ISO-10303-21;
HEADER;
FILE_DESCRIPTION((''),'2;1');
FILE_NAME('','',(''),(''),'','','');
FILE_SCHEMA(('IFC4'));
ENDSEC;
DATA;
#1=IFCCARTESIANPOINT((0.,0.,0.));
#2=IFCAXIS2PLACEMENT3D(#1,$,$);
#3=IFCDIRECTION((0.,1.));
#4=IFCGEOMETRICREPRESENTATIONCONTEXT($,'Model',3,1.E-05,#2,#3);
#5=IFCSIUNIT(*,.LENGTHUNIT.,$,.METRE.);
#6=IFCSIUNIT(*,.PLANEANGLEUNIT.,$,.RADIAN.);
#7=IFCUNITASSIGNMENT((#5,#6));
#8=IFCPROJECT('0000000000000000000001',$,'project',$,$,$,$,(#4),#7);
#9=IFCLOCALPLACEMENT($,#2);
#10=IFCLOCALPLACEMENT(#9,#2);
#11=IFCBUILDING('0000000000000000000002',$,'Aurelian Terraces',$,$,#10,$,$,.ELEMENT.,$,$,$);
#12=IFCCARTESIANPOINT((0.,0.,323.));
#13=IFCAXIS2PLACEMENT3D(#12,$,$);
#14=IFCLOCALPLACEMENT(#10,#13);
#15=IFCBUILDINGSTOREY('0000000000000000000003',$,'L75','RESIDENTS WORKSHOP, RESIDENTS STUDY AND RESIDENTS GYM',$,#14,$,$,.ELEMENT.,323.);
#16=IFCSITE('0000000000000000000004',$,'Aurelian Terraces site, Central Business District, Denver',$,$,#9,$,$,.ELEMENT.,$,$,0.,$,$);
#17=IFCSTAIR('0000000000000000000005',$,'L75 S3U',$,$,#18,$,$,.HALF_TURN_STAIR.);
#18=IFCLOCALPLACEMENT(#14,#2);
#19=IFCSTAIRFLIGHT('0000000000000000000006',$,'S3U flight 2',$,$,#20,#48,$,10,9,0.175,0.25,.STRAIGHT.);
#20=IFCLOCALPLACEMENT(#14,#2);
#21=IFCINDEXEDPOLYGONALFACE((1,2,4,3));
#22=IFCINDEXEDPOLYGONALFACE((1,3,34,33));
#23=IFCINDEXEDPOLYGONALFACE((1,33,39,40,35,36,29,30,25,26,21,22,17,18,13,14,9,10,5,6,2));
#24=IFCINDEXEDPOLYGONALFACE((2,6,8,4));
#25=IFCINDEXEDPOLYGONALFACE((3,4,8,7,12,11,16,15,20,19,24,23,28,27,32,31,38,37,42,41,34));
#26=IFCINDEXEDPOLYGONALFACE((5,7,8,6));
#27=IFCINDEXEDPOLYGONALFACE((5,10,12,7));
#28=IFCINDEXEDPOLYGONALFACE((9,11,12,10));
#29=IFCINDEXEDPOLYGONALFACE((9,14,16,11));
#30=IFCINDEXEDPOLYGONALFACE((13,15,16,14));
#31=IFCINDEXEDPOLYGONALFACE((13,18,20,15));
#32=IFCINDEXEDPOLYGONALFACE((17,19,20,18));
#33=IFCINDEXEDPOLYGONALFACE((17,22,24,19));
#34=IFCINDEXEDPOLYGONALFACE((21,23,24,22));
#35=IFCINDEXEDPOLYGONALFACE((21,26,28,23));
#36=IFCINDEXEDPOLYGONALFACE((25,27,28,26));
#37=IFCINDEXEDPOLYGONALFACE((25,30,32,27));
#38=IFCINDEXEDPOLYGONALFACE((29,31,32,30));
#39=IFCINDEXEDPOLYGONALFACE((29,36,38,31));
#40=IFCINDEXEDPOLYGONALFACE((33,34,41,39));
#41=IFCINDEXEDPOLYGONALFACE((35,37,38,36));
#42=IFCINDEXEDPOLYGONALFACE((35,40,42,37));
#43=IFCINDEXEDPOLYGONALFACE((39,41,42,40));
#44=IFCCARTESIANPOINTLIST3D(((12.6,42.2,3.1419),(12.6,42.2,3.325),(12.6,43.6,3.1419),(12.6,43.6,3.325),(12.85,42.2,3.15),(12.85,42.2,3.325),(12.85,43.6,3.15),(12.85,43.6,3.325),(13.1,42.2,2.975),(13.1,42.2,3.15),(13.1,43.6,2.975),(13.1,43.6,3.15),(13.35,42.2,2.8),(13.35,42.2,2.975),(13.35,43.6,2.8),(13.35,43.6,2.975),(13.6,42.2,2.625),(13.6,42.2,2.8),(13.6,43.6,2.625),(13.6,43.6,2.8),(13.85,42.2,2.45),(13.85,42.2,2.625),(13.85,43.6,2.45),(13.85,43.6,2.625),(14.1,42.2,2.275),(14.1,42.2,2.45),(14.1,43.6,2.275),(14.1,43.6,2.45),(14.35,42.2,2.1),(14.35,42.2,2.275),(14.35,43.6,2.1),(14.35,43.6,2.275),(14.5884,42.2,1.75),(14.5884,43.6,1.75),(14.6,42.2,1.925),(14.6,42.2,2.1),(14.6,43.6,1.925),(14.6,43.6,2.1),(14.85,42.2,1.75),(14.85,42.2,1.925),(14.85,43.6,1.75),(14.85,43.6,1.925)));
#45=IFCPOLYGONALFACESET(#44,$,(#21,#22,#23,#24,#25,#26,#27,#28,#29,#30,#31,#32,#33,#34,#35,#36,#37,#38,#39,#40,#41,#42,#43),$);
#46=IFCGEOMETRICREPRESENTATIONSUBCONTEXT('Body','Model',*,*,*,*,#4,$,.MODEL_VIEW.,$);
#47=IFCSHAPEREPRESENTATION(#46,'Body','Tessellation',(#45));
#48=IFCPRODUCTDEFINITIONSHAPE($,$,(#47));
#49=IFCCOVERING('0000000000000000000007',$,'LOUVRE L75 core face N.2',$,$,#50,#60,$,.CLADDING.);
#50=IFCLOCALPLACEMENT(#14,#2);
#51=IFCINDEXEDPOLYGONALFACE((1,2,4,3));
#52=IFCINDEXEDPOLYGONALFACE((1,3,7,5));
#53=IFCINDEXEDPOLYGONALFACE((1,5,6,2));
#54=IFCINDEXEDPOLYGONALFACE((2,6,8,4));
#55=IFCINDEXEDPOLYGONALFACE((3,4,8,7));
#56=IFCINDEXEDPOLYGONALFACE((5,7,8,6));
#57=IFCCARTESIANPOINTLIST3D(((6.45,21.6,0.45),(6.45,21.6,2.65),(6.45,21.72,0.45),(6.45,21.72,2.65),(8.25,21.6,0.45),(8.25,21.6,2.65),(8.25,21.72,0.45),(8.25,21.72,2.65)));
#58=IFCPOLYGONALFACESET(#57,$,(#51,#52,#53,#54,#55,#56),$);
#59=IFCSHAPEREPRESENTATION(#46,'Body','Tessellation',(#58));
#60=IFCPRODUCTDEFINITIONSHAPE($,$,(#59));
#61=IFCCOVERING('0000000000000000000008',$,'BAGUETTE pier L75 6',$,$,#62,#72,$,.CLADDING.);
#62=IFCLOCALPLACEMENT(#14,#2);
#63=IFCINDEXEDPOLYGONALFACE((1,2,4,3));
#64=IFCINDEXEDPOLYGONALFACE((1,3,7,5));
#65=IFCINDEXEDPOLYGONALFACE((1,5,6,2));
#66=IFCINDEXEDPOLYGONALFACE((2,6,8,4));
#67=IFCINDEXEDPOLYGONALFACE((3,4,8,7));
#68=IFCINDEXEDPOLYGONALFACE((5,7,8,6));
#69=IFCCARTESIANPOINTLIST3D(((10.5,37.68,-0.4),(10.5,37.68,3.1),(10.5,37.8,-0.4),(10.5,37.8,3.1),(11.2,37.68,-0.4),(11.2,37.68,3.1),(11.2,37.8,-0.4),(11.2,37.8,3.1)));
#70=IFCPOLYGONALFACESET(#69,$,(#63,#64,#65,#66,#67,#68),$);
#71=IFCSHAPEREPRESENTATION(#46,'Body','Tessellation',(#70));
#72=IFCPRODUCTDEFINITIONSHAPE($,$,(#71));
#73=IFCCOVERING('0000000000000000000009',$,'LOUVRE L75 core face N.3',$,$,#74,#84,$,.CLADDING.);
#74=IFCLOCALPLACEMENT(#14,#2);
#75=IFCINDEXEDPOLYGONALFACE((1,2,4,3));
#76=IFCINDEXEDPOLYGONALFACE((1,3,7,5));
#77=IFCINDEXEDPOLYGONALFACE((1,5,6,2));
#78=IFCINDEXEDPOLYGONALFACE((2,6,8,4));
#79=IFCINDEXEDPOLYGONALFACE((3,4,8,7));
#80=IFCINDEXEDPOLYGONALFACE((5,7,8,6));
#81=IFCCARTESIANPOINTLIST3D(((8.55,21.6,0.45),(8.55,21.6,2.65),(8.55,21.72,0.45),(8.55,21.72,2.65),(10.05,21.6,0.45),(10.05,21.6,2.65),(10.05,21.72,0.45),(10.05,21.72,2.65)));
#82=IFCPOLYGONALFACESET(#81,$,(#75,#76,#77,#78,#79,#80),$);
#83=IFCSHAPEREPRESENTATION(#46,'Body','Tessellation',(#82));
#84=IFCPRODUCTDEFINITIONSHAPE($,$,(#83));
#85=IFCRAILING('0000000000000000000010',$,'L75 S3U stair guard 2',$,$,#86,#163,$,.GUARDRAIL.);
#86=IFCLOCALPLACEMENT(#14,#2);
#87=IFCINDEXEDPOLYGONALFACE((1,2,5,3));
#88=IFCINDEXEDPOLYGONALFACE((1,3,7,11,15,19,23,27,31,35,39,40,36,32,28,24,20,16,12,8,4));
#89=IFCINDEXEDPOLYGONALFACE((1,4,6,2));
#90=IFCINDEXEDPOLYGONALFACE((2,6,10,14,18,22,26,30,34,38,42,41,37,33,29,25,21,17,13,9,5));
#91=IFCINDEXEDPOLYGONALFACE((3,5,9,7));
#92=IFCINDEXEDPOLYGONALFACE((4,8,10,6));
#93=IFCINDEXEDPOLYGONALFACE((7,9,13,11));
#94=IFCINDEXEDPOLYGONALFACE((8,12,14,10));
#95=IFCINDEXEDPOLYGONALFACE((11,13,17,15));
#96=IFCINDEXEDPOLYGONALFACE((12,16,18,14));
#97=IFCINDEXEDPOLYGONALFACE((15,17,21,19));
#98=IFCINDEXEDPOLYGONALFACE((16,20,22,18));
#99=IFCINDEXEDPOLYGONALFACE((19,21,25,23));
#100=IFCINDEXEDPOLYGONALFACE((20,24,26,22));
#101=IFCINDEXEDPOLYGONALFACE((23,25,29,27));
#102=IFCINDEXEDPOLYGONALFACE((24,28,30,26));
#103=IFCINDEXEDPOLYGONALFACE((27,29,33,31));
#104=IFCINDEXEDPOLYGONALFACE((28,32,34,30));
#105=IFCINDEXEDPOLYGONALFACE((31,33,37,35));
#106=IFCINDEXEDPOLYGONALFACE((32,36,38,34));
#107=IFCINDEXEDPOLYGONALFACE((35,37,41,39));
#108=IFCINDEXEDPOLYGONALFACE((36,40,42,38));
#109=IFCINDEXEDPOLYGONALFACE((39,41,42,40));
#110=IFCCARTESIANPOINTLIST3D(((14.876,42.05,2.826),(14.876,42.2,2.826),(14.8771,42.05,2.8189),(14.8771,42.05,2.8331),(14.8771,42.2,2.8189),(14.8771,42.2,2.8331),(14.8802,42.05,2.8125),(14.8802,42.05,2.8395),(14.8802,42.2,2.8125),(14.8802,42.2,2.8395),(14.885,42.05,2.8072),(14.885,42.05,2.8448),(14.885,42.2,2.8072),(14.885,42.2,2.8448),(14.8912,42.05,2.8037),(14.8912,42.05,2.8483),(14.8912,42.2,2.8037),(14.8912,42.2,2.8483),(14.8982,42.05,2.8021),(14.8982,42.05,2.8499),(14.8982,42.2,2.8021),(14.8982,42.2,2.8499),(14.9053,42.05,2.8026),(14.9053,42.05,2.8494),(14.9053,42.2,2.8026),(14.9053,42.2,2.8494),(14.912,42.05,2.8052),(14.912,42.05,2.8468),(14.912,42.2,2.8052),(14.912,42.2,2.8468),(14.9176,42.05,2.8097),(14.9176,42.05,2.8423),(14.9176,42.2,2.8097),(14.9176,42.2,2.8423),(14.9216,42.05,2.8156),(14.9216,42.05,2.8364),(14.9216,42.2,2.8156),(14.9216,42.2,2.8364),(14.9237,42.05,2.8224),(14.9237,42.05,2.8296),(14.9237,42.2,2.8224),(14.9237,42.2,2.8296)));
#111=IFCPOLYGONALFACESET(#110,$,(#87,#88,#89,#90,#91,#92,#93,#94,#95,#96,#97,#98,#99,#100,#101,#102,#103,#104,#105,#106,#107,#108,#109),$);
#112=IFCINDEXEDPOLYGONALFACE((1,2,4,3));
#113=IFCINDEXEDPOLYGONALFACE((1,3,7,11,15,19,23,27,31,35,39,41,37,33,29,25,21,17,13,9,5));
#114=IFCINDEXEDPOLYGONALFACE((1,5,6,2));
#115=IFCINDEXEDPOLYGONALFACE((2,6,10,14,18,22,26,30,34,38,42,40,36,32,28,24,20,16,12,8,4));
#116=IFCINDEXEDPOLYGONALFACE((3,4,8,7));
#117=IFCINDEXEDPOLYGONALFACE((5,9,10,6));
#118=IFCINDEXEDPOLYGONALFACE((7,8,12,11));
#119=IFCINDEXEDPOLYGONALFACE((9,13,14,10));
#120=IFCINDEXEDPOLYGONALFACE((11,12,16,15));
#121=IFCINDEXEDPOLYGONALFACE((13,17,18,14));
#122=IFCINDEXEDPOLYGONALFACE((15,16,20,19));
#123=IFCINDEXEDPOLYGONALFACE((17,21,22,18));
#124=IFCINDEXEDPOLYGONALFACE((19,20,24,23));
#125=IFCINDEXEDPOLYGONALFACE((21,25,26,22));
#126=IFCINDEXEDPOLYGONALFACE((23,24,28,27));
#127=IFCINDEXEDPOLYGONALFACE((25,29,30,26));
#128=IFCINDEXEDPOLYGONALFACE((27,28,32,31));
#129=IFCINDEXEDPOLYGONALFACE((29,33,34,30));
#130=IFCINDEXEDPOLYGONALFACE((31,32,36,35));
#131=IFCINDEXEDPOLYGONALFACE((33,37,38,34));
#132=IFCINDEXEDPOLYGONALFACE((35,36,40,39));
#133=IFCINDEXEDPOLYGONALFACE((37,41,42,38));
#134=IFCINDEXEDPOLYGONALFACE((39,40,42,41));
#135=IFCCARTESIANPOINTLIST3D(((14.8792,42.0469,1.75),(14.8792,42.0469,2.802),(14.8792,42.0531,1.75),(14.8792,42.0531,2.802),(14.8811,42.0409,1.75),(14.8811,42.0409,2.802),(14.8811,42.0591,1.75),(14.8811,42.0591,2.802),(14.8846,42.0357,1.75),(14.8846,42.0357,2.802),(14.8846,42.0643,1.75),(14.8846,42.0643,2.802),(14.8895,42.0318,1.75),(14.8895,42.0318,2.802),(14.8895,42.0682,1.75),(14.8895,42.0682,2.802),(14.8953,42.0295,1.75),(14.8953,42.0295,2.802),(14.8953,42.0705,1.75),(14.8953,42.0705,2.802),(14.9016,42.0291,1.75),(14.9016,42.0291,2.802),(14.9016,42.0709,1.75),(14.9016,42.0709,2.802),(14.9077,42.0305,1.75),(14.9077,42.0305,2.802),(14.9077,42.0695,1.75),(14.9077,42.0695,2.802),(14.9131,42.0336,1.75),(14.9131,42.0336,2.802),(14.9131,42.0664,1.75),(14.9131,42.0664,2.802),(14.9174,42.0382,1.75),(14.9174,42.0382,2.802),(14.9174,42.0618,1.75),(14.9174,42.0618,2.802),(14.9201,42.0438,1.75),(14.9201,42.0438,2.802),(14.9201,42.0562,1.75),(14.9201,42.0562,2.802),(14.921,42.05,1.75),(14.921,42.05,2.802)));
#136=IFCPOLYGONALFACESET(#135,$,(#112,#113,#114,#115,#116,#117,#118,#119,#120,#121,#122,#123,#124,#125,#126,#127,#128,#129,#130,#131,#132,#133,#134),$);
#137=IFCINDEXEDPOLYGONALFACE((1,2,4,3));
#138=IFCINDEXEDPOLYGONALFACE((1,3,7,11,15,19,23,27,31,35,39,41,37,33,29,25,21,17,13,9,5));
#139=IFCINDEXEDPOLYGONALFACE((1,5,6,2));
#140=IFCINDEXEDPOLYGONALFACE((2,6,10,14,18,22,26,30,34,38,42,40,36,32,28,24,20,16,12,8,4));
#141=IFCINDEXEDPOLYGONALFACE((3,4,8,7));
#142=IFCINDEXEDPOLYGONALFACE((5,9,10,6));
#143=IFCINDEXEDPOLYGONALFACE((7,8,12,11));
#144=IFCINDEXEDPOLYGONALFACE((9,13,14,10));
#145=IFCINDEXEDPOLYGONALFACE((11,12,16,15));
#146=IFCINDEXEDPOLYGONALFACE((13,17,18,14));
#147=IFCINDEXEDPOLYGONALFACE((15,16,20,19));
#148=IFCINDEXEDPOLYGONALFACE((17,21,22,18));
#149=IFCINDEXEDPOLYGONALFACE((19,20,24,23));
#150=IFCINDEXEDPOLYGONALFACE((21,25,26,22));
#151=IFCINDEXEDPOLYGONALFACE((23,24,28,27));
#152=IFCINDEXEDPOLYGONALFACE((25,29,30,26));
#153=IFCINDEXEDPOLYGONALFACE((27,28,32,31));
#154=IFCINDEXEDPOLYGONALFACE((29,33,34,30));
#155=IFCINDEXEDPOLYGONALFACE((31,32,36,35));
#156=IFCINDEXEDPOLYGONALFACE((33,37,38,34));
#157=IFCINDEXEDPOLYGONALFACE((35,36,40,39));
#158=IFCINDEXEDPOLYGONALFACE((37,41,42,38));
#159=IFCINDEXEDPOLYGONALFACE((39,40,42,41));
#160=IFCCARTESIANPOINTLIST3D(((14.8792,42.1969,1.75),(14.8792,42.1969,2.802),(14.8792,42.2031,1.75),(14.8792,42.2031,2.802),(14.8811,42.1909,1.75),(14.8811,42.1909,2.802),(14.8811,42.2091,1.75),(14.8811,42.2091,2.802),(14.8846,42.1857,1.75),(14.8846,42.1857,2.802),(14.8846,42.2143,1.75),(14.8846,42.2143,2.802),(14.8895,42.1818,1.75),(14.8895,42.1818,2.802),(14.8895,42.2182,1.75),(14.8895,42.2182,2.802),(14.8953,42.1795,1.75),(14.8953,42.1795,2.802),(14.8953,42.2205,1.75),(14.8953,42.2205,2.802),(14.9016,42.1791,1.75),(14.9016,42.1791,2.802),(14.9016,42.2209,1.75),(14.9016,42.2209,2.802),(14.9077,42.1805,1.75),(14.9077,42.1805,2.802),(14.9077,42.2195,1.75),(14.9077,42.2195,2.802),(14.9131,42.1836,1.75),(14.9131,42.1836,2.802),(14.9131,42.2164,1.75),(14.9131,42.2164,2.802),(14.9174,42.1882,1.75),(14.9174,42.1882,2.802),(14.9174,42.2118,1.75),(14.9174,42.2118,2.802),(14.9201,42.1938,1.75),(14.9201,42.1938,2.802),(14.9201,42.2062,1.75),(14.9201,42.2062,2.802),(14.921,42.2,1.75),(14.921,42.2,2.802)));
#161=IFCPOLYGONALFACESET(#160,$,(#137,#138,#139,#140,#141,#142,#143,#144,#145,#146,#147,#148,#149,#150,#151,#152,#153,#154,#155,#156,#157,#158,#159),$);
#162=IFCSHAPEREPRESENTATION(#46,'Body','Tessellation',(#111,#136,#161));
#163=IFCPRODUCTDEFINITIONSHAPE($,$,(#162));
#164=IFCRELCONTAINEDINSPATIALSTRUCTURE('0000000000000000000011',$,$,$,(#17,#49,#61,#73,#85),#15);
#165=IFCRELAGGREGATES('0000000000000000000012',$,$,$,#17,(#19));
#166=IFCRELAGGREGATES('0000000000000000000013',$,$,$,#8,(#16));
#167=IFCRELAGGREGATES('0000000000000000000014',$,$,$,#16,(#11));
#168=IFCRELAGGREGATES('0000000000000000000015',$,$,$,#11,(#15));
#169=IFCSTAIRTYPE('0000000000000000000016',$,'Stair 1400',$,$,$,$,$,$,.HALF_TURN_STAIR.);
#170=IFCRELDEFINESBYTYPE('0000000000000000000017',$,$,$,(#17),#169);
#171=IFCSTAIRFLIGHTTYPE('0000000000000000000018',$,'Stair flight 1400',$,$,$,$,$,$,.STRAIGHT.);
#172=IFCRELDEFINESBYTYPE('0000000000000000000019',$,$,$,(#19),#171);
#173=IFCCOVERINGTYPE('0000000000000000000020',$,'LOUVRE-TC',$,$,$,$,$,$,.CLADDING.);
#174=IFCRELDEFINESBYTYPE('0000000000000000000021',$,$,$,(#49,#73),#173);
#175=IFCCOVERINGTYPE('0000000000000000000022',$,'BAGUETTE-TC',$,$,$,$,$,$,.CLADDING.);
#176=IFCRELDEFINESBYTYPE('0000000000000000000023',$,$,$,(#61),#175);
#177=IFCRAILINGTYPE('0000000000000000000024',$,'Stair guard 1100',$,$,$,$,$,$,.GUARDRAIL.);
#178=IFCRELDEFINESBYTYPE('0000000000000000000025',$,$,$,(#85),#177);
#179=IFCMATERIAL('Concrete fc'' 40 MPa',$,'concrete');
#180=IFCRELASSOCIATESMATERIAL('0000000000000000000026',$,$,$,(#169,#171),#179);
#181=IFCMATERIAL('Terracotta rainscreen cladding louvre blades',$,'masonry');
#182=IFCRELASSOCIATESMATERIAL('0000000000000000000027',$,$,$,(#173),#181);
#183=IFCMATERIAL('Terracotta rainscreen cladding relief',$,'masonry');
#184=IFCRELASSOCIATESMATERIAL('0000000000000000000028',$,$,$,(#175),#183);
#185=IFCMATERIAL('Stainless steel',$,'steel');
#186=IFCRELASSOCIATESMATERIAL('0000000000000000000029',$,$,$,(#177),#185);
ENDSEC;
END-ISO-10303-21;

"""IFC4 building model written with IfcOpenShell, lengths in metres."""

from ifc_helpers import new_model, si_unit, direction, frame, origin, origin_2d, place, context, subcontext, project, spatial, polyline, rectangle, circle, outline, extrude, source, transform, mapped, material, type_object, element, aggregate, save


model = new_model("IFC4")

# Units and contexts
model_context = context("Model", 3, precision=1e-05, world=origin(), true_north=direction((0.0, 1.0)))
body_context = subcontext(model_context, "Body", "Model", "MODEL_VIEW")
ifc_project = project(units=[si_unit("LENGTHUNIT", "METRE"), si_unit("PLANEANGLEUNIT", "RADIAN")], contexts=[model_context])

# Site, building, storey
site_placement = place(None, origin())
site = spatial("IfcSite", under=ifc_project, at=site_placement, Name="Aurelian Terraces site, Central Business District, Denver", CompositionType="ELEMENT", RefElevation=0.0)
building_placement = place(site_placement, origin())
building = spatial("IfcBuilding", under=site, at=building_placement, Name="Aurelian Terraces", CompositionType="ELEMENT")
storey_placement = place(building_placement, frame((0.0, 0.0, 323.0)))
storey = spatial("IfcBuildingStorey", under=building, at=storey_placement, Name="L75", Description="RESIDENTS WORKSHOP, RESIDENTS STUDY AND RESIDENTS GYM", CompositionType="ELEMENT", Elevation=323.0)

# Shared definitions
ifc_material_1 = material(Name="Concrete fc' 40 MPa", Category="concrete")

# Stair, stair flight
stair_type = type_object("IfcStairType", Name="Stair 1400", PredefinedType="HALF_TURN_STAIR", material=ifc_material_1)
stair_placement = place(storey_placement, origin())
stair = element("IfcStair", 1, at=stair_placement, inside=storey, type_object=stair_type, Name="L75 S3U", PredefinedType="HALF_TURN_STAIR")
stair_flight_type = type_object("IfcStairFlightType", Name="Stair flight 1400", PredefinedType="STRAIGHT", material=ifc_material_1)
shared_shape_1 = source(origin(), body_context, "Body", "SweptSolid", [
    extrude(outline(polyline([(0.0, 0.0), (0.0, 0.175), (0.25, 0.175), (0.25, 0.35), (0.5, 0.35), (0.5, 0.525), (0.75, 0.525), (0.75, 0.7), (1.0, 0.7), (1.0, 0.875), (1.25, 0.875), (1.25, 1.05), (1.5, 1.05), (1.5, 1.225), (1.75, 1.225), (1.75, 1.4), (2.0, 1.4), (2.0, 1.575), (2.25, 1.575), (2.25, 1.75), (2.25, 1.3919), (0.2616, 0.0), (0.0, 0.0)])), frame((0.0, 0.7, 0.0), z_axis=(0.0, -1.0, 0.0), x_axis=(1.0, 0.0, 0.0)), (0.0, 0.0, 1.0), 1.4),
])
stair_flight_1_placement = place(storey_placement, frame((14.85, 42.9, 1.75), z_axis=(0.0, 0.0, 1.0), x_axis=(-1.0, 0.0, 0.0)))
stair_flight_1 = element("IfcStairFlight", 2, at=stair_flight_1_placement, type_object=stair_flight_type, Name="S3U flight 2", NumberOfRisers=10, NumberOfTreads=9, PredefinedType="STRAIGHT", RiserHeight=0.175, TreadLength=0.25, context=body_context, shape_type="MappedRepresentation", body=[
    mapped(shared_shape_1, transform((0.0, 0.0, 0.0), scale=1.0)),
])
aggregate(stair, [stair_flight_1])

# Coverings
ifc_material_2 = material(Name="Terracotta rainscreen cladding louvre blades", Category="masonry")
covering_type_1 = type_object("IfcCoveringType", Name="LOUVRE-TC", PredefinedType="CLADDING", material=ifc_material_2)
shared_shape_2 = source(origin(), body_context, "Body", "SweptSolid", [
    extrude(rectangle(XDim=1.8, YDim=0.12, at=origin_2d()), origin(), (0.0, 0.0, 1.0), 2.2),
])
covering_1_placement = place(storey_placement, frame((7.35, 21.66, 0.45), z_axis=(0.0, 0.0, 1.0), x_axis=(1.0, 0.0, 0.0)))
element("IfcCovering", 3, at=covering_1_placement, inside=storey, type_object=covering_type_1, Name="LOUVRE L75 core face N.2", PredefinedType="CLADDING", context=body_context, shape_type="MappedRepresentation", body=[
    mapped(shared_shape_2, transform((0.0, 0.0, 0.0), scale=1.0)),
])
ifc_material_3 = material(Name="Terracotta rainscreen cladding relief", Category="masonry")
covering_type_2 = type_object("IfcCoveringType", Name="BAGUETTE-TC", PredefinedType="CLADDING", material=ifc_material_3)
shared_shape_3 = source(origin(), body_context, "Body", "SweptSolid", [
    extrude(rectangle(XDim=0.7, YDim=0.12, at=origin_2d()), origin(), (0.0, 0.0, 1.0), 3.5),
])
covering_2_placement = place(storey_placement, frame((10.85, 37.74, -0.4), z_axis=(0.0, 0.0, 1.0), x_axis=(1.0, 0.0, 0.0)))
element("IfcCovering", 4, at=covering_2_placement, inside=storey, type_object=covering_type_2, Name="BAGUETTE pier L75 6", PredefinedType="CLADDING", context=body_context, shape_type="MappedRepresentation", body=[
    mapped(shared_shape_3, transform((0.0, 0.0, 0.0), scale=1.0)),
])
shared_shape_4 = source(origin(), body_context, "Body", "SweptSolid", [
    extrude(rectangle(XDim=1.5, YDim=0.12, at=origin_2d()), origin(), (0.0, 0.0, 1.0), 2.2),
])
covering_3_placement = place(storey_placement, frame((9.3, 21.66, 0.45), z_axis=(0.0, 0.0, 1.0), x_axis=(1.0, 0.0, 0.0)))
element("IfcCovering", 5, at=covering_3_placement, inside=storey, type_object=covering_type_1, Name="LOUVRE L75 core face N.3", PredefinedType="CLADDING", context=body_context, shape_type="MappedRepresentation", body=[
    mapped(shared_shape_4, transform((0.0, 0.0, 0.0), scale=1.0)),
])

# Railing
ifc_material_4 = material(Name="Stainless steel", Category="steel")
railing_type_1 = type_object("IfcRailingType", Name="Stair guard 1100", PredefinedType="GUARDRAIL", material=ifc_material_4)
shared_shape_5 = source(origin(), body_context, "Body", "SweptSolid", [
    extrude(circle(Radius=0.024, at=origin_2d()), frame((0.0, 0.0, 1.076), z_axis=(0.0, 1.0, 0.0), x_axis=(-1.0, 0.0, 0.0)), (0.0, 0.0, 1.0), 0.15),
    extrude(circle(Radius=0.021, at=origin_2d()), origin(), (0.0, 0.0, 1.0), 1.052),
    extrude(circle(Radius=0.021, at=origin_2d()), frame((0.0, 0.15, 0.0)), (0.0, 0.0, 1.0), 1.052),
])
for number, where, name in (
    (6, (14.9, 42.05, 1.75), "L75 S3U stair guard 2"),
):
    element("IfcRailing", number, at=place(storey_placement, frame(where)), inside=storey, type_object=railing_type_1, Name=name, PredefinedType="GUARDRAIL", context=body_context, shape_type="MappedRepresentation", body=[
        mapped(shared_shape_5, transform((0.0, 0.0, 0.0), scale=1.0)),
    ])

save(model, "model.ifc")
